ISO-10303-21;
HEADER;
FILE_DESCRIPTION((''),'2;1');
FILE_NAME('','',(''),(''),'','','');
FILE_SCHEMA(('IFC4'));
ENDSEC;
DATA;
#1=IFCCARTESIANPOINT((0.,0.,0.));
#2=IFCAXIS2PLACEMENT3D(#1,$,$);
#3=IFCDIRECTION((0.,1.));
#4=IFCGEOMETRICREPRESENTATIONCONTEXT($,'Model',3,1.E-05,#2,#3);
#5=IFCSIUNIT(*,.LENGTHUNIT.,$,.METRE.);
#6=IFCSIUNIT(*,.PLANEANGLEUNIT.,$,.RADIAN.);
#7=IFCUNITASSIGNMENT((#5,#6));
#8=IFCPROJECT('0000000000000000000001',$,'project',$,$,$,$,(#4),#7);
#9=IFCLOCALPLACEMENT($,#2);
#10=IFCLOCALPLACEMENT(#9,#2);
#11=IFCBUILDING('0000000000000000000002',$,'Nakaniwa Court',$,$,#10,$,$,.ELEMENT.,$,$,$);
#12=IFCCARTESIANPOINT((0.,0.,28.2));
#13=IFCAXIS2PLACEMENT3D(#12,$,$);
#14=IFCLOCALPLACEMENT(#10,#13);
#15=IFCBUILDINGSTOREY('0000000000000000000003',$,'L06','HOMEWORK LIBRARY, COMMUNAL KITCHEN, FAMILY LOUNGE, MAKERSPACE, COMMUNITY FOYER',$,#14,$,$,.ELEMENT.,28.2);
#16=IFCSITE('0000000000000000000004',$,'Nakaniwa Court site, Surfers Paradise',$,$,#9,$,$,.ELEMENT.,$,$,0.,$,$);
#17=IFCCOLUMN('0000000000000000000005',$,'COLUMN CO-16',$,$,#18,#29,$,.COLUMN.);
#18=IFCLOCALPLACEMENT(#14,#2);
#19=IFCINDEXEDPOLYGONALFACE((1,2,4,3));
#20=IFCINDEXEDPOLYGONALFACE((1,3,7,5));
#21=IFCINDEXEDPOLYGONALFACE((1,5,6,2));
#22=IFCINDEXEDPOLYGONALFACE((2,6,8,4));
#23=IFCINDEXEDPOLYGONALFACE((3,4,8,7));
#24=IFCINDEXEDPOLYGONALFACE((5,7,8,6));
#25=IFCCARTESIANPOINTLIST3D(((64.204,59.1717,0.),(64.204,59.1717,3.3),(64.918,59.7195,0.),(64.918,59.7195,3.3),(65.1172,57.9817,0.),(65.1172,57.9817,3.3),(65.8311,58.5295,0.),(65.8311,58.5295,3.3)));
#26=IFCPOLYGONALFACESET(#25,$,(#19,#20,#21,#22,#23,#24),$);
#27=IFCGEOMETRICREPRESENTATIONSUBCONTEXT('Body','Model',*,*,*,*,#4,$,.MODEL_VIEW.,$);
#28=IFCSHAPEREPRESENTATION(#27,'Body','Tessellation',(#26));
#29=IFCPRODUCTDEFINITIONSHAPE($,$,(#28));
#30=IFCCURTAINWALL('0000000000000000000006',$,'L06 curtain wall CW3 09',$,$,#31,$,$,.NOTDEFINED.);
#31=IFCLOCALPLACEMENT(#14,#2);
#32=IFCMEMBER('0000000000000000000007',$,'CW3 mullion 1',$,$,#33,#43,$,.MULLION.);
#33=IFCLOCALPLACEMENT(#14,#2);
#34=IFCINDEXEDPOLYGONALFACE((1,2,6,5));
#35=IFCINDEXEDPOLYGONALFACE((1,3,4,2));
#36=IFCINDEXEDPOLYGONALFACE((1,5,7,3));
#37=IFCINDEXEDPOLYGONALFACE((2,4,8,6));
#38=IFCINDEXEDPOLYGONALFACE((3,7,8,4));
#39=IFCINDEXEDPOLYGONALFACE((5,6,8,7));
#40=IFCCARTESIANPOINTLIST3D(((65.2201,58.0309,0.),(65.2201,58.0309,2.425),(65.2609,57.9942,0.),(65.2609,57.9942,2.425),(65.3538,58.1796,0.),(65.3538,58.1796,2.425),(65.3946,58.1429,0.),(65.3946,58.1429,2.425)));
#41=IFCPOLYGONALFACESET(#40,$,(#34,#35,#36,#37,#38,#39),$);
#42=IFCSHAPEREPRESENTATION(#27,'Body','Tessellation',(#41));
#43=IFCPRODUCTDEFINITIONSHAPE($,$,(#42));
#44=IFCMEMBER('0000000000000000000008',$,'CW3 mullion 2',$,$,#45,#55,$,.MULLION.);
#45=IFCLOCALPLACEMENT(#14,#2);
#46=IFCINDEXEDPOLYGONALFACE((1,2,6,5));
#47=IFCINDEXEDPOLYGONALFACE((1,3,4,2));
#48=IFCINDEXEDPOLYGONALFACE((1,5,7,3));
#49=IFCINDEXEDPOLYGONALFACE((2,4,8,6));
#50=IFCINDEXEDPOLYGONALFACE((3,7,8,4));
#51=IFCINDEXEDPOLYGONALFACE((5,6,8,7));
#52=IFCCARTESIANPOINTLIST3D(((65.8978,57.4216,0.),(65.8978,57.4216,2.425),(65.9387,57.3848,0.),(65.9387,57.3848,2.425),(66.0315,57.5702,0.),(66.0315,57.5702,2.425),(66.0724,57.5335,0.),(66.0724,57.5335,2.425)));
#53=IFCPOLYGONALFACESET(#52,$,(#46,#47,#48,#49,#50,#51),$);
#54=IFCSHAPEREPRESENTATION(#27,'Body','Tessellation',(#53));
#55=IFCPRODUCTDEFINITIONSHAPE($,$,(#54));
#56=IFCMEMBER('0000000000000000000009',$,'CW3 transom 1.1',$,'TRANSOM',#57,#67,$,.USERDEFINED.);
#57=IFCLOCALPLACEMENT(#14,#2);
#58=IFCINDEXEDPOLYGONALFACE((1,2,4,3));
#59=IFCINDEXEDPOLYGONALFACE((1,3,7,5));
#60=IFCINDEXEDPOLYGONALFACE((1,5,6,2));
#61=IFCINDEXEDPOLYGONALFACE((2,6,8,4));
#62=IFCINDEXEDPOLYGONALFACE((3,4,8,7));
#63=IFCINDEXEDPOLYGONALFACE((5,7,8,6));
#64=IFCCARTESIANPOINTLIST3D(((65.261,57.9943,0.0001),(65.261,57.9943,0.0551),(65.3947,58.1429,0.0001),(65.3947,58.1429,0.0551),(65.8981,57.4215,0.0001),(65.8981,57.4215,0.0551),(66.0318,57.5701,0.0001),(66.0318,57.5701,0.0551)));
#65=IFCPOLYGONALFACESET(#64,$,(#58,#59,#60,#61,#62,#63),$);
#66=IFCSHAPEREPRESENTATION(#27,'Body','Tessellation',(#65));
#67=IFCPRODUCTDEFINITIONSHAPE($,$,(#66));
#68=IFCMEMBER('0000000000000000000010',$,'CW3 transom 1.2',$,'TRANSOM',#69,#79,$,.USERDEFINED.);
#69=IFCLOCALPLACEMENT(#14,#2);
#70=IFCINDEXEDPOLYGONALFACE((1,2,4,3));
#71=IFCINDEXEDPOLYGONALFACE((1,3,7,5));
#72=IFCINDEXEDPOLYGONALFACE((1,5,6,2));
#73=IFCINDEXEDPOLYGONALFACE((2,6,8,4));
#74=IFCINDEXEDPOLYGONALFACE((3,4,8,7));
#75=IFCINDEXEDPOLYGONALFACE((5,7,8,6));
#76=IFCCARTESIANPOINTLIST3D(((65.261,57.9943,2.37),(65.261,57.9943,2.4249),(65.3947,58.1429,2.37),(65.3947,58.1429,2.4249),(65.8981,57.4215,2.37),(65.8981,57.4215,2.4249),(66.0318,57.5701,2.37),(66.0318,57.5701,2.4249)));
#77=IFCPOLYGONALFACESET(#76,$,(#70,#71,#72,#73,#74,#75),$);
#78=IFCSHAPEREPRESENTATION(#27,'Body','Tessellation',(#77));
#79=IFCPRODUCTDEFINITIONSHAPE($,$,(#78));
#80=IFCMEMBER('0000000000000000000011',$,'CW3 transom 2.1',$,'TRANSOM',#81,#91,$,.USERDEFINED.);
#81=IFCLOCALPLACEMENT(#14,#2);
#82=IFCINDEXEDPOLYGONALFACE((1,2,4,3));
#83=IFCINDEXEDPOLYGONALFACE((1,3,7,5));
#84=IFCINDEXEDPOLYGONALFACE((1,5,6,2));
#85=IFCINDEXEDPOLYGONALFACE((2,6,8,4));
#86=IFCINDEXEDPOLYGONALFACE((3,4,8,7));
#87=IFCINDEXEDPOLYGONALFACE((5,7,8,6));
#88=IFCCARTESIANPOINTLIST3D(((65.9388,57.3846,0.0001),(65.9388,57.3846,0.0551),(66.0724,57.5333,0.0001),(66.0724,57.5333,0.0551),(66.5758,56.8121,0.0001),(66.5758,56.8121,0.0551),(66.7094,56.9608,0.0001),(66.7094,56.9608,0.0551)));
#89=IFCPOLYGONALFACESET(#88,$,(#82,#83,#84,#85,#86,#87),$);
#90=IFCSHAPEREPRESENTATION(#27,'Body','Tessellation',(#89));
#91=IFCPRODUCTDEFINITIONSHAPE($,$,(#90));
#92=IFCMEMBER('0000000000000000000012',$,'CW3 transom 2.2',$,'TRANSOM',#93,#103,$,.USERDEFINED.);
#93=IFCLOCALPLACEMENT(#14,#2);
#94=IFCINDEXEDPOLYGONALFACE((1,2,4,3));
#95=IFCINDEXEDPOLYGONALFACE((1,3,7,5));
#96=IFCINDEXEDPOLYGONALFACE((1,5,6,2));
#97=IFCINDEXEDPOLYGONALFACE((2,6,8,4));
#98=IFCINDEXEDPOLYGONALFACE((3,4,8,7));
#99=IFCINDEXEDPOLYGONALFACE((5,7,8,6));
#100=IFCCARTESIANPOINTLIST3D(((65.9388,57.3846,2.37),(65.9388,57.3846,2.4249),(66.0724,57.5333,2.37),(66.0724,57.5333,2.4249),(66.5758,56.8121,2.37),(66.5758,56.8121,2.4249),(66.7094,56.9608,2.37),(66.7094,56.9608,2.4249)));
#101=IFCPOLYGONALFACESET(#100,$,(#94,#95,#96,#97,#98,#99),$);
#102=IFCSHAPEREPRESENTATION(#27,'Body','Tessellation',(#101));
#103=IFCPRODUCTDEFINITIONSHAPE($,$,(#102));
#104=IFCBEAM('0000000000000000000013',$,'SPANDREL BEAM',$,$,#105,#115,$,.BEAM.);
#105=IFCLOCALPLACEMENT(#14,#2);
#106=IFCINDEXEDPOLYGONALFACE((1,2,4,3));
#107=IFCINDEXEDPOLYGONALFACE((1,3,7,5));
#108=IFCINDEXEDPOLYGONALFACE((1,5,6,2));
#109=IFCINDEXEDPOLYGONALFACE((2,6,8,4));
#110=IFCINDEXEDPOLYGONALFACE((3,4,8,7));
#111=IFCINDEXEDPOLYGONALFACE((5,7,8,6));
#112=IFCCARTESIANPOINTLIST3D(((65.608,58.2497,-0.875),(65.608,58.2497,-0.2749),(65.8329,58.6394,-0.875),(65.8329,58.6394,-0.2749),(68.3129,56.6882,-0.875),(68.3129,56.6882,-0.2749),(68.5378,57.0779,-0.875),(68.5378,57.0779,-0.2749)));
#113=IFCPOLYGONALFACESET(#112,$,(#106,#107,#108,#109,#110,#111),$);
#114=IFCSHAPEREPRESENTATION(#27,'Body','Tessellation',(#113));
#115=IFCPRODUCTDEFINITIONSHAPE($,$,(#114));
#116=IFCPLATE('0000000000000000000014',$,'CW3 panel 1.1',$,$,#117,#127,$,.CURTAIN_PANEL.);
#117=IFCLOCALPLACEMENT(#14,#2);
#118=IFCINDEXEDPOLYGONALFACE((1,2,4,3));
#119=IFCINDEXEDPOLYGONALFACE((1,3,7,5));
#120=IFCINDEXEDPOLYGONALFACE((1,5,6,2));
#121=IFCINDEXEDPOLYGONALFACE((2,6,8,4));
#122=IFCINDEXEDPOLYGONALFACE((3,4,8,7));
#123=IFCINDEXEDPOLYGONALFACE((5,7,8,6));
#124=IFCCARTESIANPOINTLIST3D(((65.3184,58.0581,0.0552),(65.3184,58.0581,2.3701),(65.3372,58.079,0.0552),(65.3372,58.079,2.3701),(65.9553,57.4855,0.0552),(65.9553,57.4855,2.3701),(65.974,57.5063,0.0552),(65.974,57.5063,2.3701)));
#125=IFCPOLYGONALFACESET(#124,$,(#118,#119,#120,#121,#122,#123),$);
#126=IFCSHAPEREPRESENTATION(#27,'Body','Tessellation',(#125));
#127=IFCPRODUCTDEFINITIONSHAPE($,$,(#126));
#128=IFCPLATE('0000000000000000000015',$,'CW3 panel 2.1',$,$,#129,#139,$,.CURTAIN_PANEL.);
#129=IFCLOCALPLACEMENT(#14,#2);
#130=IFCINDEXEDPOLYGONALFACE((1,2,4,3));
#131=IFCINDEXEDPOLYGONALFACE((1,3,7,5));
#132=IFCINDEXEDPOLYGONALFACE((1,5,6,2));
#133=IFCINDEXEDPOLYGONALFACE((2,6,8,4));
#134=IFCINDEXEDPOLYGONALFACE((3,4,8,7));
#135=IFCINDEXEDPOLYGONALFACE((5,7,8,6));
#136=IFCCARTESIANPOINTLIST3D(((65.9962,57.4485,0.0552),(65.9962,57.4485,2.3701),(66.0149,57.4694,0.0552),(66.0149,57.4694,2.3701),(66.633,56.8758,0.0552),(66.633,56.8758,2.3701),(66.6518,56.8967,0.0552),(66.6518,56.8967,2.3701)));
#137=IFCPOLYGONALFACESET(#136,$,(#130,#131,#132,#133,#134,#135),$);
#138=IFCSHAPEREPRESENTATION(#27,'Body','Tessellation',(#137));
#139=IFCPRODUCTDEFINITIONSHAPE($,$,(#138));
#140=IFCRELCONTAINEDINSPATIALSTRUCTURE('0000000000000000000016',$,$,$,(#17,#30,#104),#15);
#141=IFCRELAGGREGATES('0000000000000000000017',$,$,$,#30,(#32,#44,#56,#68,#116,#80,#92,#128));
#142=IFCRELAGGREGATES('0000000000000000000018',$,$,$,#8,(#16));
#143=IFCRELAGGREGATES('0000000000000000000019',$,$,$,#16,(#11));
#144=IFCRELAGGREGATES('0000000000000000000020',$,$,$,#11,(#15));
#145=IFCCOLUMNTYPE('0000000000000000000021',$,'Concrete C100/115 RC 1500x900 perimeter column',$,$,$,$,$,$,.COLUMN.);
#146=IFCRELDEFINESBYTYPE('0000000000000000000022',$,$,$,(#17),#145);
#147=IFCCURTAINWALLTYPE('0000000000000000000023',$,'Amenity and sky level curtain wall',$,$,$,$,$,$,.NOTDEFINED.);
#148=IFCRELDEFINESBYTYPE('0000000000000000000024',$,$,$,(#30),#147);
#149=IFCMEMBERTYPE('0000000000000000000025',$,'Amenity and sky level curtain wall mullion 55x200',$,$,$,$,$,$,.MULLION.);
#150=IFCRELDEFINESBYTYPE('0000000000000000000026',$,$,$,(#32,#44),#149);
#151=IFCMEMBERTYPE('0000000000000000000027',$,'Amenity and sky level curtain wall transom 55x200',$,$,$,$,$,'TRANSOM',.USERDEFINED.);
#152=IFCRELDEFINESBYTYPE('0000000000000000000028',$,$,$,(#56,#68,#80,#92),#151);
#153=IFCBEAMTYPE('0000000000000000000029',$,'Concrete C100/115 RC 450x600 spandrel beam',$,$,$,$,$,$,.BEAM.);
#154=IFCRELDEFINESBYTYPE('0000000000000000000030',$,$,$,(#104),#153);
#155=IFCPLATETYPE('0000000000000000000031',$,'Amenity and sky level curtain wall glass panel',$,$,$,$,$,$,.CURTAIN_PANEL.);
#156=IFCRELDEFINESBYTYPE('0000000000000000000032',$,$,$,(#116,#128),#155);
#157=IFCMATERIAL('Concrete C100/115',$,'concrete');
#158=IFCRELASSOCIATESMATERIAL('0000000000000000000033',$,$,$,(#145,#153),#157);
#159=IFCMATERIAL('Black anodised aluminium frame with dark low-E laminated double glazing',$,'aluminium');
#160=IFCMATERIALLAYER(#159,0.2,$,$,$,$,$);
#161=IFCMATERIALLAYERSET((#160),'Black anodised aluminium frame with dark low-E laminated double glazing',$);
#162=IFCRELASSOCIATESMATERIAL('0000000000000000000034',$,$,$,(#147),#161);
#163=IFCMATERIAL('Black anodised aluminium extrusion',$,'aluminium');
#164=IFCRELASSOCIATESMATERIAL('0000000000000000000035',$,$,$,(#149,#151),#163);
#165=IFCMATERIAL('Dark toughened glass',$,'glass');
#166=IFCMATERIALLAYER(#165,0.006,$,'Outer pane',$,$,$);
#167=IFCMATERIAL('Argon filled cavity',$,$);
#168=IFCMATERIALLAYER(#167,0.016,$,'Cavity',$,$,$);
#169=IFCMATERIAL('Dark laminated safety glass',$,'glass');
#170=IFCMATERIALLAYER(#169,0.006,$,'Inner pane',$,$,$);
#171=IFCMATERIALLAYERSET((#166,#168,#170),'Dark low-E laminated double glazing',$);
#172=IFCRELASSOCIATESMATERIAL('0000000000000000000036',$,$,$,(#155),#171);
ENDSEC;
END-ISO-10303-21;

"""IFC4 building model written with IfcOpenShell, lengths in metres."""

from ifc_helpers import new_model, si_unit, direction, frame, origin, origin_2d, place, context, subcontext, project, spatial, rectangle, extrude, material, layer, layer_set, material_profile, profile_set, type_object, element, aggregate, save


model = new_model("IFC4")

# Units and contexts
model_context = context("Model", 3, precision=1e-05, world=origin(), true_north=direction((0.0, 1.0)))
body_context = subcontext(model_context, "Body", "Model", "MODEL_VIEW")
ifc_project = project(units=[si_unit("LENGTHUNIT", "METRE"), si_unit("PLANEANGLEUNIT", "RADIAN")], contexts=[model_context])

# Site, building, storey
site_placement = place(None, origin())
site = spatial("IfcSite", under=ifc_project, at=site_placement, Name="Nakaniwa Court site, Surfers Paradise", CompositionType="ELEMENT", RefElevation=0.0)
building_placement = place(site_placement, origin())
building = spatial("IfcBuilding", under=site, at=building_placement, Name="Nakaniwa Court", CompositionType="ELEMENT")
storey_placement = place(building_placement, frame((0.0, 0.0, 28.2)))
storey = spatial("IfcBuildingStorey", under=building, at=storey_placement, Name="L06", Description="HOMEWORK LIBRARY, COMMUNAL KITCHEN, FAMILY LOUNGE, MAKERSPACE, COMMUNITY FOYER", CompositionType="ELEMENT", Elevation=28.2)

# Column
ifc_material_1 = material(Name="Concrete C100/115", Category="concrete")
ifc_material_profile_1 = material_profile(ifc_material_1, rectangle(XDim=1.5, YDim=0.8999, at=origin_2d()), Name="Concrete C100/115 RC 1500x900 perimeter column")
ifc_profile_set_1 = profile_set([ifc_material_profile_1], Name="Concrete C100/115")
column_type = type_object("IfcColumnType", Name="Concrete C100/115 RC 1500x900 perimeter column", PredefinedType="COLUMN", material=ifc_profile_set_1)
column_placement = place(storey_placement, frame((65.0176, 58.8506, 0.0), z_axis=(0.0, 0.0, 1.0), x_axis=(0.608761, -0.793353, 0.0)))
element("IfcColumn", 1, at=column_placement, inside=storey, type_object=column_type, Name="COLUMN CO-16", PredefinedType="COLUMN", context=body_context, shape_type="SweptSolid", body=[
    extrude(rectangle(XDim=1.5, YDim=0.8999, at=origin_2d()), origin(), (0.0, 0.0, 1.0), 3.3),
])

# Curtain wall, members
ifc_material_2 = material(Name="Black anodised aluminium frame with dark low-E laminated double glazing", Category="aluminium")
ifc_layer_1 = layer(ifc_material_2, 0.2)
ifc_layer_set_1 = layer_set([ifc_layer_1], Name="Black anodised aluminium frame with dark low-E laminated double glazing")
curtain_wall_type = type_object("IfcCurtainWallType", Name="Amenity and sky level curtain wall", PredefinedType="NOTDEFINED", material=ifc_layer_set_1)
curtain_wall_placement = place(storey_placement, origin())
curtain_wall = element("IfcCurtainWall", 2, at=curtain_wall_placement, inside=storey, type_object=curtain_wall_type, Name="L06 curtain wall CW3 09", PredefinedType="NOTDEFINED")
ifc_material_3 = material(Name="Black anodised aluminium extrusion", Category="aluminium")
ifc_material_profile_2 = material_profile(ifc_material_3, rectangle(XDim=0.2, YDim=0.0549, at=origin_2d()), Name="Amenity and sky level curtain wall mullion 55x200")
ifc_profile_set_2 = profile_set([ifc_material_profile_2], Name="Black anodised aluminium extrusion")
member_type_1 = type_object("IfcMemberType", Name="Amenity and sky level curtain wall mullion 55x200", PredefinedType="MULLION", material=ifc_profile_set_2)
member_1_placement = place(storey_placement, frame((65.3074, 58.0869, 0.0), z_axis=(0.0, 0.0, 1.0), x_axis=(0.668653, 0.743575, 0.0)))
member_1 = element("IfcMember", 3, at=member_1_placement, type_object=member_type_1, Name="CW3 mullion 1", PredefinedType="MULLION", context=body_context, shape_type="SweptSolid", body=[
    extrude(rectangle(XDim=0.2, YDim=0.0549, at=origin_2d()), origin(), (0.0, 0.0, 1.0), 2.425),
])
member_2_placement = place(storey_placement, frame((65.9851, 57.4775, 0.0), z_axis=(0.0, 0.0, 1.0), x_axis=(0.668653, 0.743575, 0.0)))
member_2 = element("IfcMember", 4, at=member_2_placement, type_object=member_type_1, Name="CW3 mullion 2", PredefinedType="MULLION", context=body_context, shape_type="SweptSolid", body=[
    extrude(rectangle(XDim=0.2, YDim=0.0549, at=origin_2d()), origin(), (0.0, 0.0, 1.0), 2.425),
])
ifc_material_profile_3 = material_profile(ifc_material_3, rectangle(XDim=0.2, YDim=0.0549, at=origin_2d()), Name="Amenity and sky level curtain wall transom 55x200")
ifc_profile_set_3 = profile_set([ifc_material_profile_3], Name="Black anodised aluminium extrusion")
member_type_2 = type_object("IfcMemberType", Name="Amenity and sky level curtain wall transom 55x200", ElementType="TRANSOM", PredefinedType="USERDEFINED", material=ifc_profile_set_3)
member_3_placement = place(storey_placement, frame((65.3279, 58.0686, 0.0276), z_axis=(0.743592, -0.668634, 0.0), x_axis=(0.668634, 0.743592, 0.0)))
member_3 = element("IfcMember", 5, at=member_3_placement, type_object=member_type_2, Name="CW3 transom 1.1", ObjectType="TRANSOM", PredefinedType="USERDEFINED", context=body_context, shape_type="SweptSolid", body=[
    extrude(rectangle(XDim=0.2, YDim=0.0549, at=origin_2d()), origin(), (0.0, 0.0, 1.0), 0.8567),
])
member_4_placement = place(storey_placement, frame((65.3279, 58.0686, 2.3975), z_axis=(0.743592, -0.668634, 0.0), x_axis=(0.668634, 0.743592, 0.0)))
member_4 = element("IfcMember", 6, at=member_4_placement, type_object=member_type_2, Name="CW3 transom 1.2", ObjectType="TRANSOM", PredefinedType="USERDEFINED", context=body_context, shape_type="SweptSolid", body=[
    extrude(rectangle(XDim=0.2, YDim=0.0549, at=origin_2d()), origin(), (0.0, 0.0, 1.0), 0.8567),
])
member_5_placement = place(storey_placement, frame((66.0056, 57.459, 0.0276), z_axis=(0.743733, -0.668476, 0.0), x_axis=(0.668476, 0.743733, 0.0)))
member_5 = element("IfcMember", 7, at=member_5_placement, type_object=member_type_2, Name="CW3 transom 2.1", ObjectType="TRANSOM", PredefinedType="USERDEFINED", context=body_context, shape_type="SweptSolid", body=[
    extrude(rectangle(XDim=0.2, YDim=0.0549, at=origin_2d()), origin(), (0.0, 0.0, 1.0), 0.8564),
])
member_6_placement = place(storey_placement, frame((66.0056, 57.459, 2.3975), z_axis=(0.743733, -0.668476, 0.0), x_axis=(0.668476, 0.743733, 0.0)))
member_6 = element("IfcMember", 8, at=member_6_placement, type_object=member_type_2, Name="CW3 transom 2.2", ObjectType="TRANSOM", PredefinedType="USERDEFINED", context=body_context, shape_type="SweptSolid", body=[
    extrude(rectangle(XDim=0.2, YDim=0.0549, at=origin_2d()), origin(), (0.0, 0.0, 1.0), 0.8564),
])

# Beam
ifc_material_profile_4 = material_profile(ifc_material_1, rectangle(XDim=0.45, YDim=0.6001, at=origin_2d()), Name="Concrete C100/115 RC 450x600 spandrel beam")
ifc_profile_set_4 = profile_set([ifc_material_profile_4], Name="Concrete C100/115")
beam_type = type_object("IfcBeamType", Name="Concrete C100/115 RC 450x600 spandrel beam", PredefinedType="BEAM", material=ifc_profile_set_4)
beam_placement = place(storey_placement, frame((65.7205, 58.4446, -0.575), z_axis=(0.866041, -0.499973, 0.0), x_axis=(0.499973, 0.866041, 0.0)))
element("IfcBeam", 9, at=beam_placement, inside=storey, type_object=beam_type, Name="SPANDREL BEAM", PredefinedType="BEAM", context=body_context, shape_type="SweptSolid", body=[
    extrude(rectangle(XDim=0.45, YDim=0.6001, at=origin_2d()), origin(), (0.0, 0.0, 1.0), 3.1233),
])

# Plates
ifc_material_4 = material(Name="Dark toughened glass", Category="glass")
ifc_layer_2 = layer(ifc_material_4, 0.006, Name="Outer pane")
ifc_material_5 = material(Name="Argon filled cavity")
ifc_layer_3 = layer(ifc_material_5, 0.016, Name="Cavity")
ifc_material_6 = material(Name="Dark laminated safety glass", Category="glass")
ifc_layer_4 = layer(ifc_material_6, 0.006, Name="Inner pane")
ifc_layer_set_2 = layer_set([ifc_layer_2, ifc_layer_3, ifc_layer_4], Name="Dark low-E laminated double glazing")
plate_type = type_object("IfcPlateType", Name="Amenity and sky level curtain wall glass panel", PredefinedType="CURTAIN_PANEL", material=ifc_layer_set_2)
plate_1_placement = place(storey_placement, frame((65.6462, 57.7822, 0.0552), z_axis=(0.0, 0.0, 1.0), x_axis=(0.743575, -0.668653, 0.0)))
plate_1 = element("IfcPlate", 10, at=plate_1_placement, type_object=plate_type, Name="CW3 panel 1.1", PredefinedType="CURTAIN_PANEL", context=body_context, shape_type="SweptSolid", body=[
    extrude(rectangle(XDim=0.8564, YDim=0.0281, at=origin_2d()), origin(), (0.0, 0.0, 1.0), 2.3149),
])
plate_2_placement = place(storey_placement, frame((66.324, 57.1726, 0.0552), z_axis=(0.0, 0.0, 1.0), x_axis=(0.743575, -0.668653, 0.0)))
plate_2 = element("IfcPlate", 11, at=plate_2_placement, type_object=plate_type, Name="CW3 panel 2.1", PredefinedType="CURTAIN_PANEL", context=body_context, shape_type="SweptSolid", body=[
    extrude(rectangle(XDim=0.8564, YDim=0.0281, at=origin_2d()), origin(), (0.0, 0.0, 1.0), 2.3149),
])
aggregate(curtain_wall, [member_1, member_2, member_3, member_4, plate_1, member_5, member_6, plate_2])

save(model, "model.ifc")
